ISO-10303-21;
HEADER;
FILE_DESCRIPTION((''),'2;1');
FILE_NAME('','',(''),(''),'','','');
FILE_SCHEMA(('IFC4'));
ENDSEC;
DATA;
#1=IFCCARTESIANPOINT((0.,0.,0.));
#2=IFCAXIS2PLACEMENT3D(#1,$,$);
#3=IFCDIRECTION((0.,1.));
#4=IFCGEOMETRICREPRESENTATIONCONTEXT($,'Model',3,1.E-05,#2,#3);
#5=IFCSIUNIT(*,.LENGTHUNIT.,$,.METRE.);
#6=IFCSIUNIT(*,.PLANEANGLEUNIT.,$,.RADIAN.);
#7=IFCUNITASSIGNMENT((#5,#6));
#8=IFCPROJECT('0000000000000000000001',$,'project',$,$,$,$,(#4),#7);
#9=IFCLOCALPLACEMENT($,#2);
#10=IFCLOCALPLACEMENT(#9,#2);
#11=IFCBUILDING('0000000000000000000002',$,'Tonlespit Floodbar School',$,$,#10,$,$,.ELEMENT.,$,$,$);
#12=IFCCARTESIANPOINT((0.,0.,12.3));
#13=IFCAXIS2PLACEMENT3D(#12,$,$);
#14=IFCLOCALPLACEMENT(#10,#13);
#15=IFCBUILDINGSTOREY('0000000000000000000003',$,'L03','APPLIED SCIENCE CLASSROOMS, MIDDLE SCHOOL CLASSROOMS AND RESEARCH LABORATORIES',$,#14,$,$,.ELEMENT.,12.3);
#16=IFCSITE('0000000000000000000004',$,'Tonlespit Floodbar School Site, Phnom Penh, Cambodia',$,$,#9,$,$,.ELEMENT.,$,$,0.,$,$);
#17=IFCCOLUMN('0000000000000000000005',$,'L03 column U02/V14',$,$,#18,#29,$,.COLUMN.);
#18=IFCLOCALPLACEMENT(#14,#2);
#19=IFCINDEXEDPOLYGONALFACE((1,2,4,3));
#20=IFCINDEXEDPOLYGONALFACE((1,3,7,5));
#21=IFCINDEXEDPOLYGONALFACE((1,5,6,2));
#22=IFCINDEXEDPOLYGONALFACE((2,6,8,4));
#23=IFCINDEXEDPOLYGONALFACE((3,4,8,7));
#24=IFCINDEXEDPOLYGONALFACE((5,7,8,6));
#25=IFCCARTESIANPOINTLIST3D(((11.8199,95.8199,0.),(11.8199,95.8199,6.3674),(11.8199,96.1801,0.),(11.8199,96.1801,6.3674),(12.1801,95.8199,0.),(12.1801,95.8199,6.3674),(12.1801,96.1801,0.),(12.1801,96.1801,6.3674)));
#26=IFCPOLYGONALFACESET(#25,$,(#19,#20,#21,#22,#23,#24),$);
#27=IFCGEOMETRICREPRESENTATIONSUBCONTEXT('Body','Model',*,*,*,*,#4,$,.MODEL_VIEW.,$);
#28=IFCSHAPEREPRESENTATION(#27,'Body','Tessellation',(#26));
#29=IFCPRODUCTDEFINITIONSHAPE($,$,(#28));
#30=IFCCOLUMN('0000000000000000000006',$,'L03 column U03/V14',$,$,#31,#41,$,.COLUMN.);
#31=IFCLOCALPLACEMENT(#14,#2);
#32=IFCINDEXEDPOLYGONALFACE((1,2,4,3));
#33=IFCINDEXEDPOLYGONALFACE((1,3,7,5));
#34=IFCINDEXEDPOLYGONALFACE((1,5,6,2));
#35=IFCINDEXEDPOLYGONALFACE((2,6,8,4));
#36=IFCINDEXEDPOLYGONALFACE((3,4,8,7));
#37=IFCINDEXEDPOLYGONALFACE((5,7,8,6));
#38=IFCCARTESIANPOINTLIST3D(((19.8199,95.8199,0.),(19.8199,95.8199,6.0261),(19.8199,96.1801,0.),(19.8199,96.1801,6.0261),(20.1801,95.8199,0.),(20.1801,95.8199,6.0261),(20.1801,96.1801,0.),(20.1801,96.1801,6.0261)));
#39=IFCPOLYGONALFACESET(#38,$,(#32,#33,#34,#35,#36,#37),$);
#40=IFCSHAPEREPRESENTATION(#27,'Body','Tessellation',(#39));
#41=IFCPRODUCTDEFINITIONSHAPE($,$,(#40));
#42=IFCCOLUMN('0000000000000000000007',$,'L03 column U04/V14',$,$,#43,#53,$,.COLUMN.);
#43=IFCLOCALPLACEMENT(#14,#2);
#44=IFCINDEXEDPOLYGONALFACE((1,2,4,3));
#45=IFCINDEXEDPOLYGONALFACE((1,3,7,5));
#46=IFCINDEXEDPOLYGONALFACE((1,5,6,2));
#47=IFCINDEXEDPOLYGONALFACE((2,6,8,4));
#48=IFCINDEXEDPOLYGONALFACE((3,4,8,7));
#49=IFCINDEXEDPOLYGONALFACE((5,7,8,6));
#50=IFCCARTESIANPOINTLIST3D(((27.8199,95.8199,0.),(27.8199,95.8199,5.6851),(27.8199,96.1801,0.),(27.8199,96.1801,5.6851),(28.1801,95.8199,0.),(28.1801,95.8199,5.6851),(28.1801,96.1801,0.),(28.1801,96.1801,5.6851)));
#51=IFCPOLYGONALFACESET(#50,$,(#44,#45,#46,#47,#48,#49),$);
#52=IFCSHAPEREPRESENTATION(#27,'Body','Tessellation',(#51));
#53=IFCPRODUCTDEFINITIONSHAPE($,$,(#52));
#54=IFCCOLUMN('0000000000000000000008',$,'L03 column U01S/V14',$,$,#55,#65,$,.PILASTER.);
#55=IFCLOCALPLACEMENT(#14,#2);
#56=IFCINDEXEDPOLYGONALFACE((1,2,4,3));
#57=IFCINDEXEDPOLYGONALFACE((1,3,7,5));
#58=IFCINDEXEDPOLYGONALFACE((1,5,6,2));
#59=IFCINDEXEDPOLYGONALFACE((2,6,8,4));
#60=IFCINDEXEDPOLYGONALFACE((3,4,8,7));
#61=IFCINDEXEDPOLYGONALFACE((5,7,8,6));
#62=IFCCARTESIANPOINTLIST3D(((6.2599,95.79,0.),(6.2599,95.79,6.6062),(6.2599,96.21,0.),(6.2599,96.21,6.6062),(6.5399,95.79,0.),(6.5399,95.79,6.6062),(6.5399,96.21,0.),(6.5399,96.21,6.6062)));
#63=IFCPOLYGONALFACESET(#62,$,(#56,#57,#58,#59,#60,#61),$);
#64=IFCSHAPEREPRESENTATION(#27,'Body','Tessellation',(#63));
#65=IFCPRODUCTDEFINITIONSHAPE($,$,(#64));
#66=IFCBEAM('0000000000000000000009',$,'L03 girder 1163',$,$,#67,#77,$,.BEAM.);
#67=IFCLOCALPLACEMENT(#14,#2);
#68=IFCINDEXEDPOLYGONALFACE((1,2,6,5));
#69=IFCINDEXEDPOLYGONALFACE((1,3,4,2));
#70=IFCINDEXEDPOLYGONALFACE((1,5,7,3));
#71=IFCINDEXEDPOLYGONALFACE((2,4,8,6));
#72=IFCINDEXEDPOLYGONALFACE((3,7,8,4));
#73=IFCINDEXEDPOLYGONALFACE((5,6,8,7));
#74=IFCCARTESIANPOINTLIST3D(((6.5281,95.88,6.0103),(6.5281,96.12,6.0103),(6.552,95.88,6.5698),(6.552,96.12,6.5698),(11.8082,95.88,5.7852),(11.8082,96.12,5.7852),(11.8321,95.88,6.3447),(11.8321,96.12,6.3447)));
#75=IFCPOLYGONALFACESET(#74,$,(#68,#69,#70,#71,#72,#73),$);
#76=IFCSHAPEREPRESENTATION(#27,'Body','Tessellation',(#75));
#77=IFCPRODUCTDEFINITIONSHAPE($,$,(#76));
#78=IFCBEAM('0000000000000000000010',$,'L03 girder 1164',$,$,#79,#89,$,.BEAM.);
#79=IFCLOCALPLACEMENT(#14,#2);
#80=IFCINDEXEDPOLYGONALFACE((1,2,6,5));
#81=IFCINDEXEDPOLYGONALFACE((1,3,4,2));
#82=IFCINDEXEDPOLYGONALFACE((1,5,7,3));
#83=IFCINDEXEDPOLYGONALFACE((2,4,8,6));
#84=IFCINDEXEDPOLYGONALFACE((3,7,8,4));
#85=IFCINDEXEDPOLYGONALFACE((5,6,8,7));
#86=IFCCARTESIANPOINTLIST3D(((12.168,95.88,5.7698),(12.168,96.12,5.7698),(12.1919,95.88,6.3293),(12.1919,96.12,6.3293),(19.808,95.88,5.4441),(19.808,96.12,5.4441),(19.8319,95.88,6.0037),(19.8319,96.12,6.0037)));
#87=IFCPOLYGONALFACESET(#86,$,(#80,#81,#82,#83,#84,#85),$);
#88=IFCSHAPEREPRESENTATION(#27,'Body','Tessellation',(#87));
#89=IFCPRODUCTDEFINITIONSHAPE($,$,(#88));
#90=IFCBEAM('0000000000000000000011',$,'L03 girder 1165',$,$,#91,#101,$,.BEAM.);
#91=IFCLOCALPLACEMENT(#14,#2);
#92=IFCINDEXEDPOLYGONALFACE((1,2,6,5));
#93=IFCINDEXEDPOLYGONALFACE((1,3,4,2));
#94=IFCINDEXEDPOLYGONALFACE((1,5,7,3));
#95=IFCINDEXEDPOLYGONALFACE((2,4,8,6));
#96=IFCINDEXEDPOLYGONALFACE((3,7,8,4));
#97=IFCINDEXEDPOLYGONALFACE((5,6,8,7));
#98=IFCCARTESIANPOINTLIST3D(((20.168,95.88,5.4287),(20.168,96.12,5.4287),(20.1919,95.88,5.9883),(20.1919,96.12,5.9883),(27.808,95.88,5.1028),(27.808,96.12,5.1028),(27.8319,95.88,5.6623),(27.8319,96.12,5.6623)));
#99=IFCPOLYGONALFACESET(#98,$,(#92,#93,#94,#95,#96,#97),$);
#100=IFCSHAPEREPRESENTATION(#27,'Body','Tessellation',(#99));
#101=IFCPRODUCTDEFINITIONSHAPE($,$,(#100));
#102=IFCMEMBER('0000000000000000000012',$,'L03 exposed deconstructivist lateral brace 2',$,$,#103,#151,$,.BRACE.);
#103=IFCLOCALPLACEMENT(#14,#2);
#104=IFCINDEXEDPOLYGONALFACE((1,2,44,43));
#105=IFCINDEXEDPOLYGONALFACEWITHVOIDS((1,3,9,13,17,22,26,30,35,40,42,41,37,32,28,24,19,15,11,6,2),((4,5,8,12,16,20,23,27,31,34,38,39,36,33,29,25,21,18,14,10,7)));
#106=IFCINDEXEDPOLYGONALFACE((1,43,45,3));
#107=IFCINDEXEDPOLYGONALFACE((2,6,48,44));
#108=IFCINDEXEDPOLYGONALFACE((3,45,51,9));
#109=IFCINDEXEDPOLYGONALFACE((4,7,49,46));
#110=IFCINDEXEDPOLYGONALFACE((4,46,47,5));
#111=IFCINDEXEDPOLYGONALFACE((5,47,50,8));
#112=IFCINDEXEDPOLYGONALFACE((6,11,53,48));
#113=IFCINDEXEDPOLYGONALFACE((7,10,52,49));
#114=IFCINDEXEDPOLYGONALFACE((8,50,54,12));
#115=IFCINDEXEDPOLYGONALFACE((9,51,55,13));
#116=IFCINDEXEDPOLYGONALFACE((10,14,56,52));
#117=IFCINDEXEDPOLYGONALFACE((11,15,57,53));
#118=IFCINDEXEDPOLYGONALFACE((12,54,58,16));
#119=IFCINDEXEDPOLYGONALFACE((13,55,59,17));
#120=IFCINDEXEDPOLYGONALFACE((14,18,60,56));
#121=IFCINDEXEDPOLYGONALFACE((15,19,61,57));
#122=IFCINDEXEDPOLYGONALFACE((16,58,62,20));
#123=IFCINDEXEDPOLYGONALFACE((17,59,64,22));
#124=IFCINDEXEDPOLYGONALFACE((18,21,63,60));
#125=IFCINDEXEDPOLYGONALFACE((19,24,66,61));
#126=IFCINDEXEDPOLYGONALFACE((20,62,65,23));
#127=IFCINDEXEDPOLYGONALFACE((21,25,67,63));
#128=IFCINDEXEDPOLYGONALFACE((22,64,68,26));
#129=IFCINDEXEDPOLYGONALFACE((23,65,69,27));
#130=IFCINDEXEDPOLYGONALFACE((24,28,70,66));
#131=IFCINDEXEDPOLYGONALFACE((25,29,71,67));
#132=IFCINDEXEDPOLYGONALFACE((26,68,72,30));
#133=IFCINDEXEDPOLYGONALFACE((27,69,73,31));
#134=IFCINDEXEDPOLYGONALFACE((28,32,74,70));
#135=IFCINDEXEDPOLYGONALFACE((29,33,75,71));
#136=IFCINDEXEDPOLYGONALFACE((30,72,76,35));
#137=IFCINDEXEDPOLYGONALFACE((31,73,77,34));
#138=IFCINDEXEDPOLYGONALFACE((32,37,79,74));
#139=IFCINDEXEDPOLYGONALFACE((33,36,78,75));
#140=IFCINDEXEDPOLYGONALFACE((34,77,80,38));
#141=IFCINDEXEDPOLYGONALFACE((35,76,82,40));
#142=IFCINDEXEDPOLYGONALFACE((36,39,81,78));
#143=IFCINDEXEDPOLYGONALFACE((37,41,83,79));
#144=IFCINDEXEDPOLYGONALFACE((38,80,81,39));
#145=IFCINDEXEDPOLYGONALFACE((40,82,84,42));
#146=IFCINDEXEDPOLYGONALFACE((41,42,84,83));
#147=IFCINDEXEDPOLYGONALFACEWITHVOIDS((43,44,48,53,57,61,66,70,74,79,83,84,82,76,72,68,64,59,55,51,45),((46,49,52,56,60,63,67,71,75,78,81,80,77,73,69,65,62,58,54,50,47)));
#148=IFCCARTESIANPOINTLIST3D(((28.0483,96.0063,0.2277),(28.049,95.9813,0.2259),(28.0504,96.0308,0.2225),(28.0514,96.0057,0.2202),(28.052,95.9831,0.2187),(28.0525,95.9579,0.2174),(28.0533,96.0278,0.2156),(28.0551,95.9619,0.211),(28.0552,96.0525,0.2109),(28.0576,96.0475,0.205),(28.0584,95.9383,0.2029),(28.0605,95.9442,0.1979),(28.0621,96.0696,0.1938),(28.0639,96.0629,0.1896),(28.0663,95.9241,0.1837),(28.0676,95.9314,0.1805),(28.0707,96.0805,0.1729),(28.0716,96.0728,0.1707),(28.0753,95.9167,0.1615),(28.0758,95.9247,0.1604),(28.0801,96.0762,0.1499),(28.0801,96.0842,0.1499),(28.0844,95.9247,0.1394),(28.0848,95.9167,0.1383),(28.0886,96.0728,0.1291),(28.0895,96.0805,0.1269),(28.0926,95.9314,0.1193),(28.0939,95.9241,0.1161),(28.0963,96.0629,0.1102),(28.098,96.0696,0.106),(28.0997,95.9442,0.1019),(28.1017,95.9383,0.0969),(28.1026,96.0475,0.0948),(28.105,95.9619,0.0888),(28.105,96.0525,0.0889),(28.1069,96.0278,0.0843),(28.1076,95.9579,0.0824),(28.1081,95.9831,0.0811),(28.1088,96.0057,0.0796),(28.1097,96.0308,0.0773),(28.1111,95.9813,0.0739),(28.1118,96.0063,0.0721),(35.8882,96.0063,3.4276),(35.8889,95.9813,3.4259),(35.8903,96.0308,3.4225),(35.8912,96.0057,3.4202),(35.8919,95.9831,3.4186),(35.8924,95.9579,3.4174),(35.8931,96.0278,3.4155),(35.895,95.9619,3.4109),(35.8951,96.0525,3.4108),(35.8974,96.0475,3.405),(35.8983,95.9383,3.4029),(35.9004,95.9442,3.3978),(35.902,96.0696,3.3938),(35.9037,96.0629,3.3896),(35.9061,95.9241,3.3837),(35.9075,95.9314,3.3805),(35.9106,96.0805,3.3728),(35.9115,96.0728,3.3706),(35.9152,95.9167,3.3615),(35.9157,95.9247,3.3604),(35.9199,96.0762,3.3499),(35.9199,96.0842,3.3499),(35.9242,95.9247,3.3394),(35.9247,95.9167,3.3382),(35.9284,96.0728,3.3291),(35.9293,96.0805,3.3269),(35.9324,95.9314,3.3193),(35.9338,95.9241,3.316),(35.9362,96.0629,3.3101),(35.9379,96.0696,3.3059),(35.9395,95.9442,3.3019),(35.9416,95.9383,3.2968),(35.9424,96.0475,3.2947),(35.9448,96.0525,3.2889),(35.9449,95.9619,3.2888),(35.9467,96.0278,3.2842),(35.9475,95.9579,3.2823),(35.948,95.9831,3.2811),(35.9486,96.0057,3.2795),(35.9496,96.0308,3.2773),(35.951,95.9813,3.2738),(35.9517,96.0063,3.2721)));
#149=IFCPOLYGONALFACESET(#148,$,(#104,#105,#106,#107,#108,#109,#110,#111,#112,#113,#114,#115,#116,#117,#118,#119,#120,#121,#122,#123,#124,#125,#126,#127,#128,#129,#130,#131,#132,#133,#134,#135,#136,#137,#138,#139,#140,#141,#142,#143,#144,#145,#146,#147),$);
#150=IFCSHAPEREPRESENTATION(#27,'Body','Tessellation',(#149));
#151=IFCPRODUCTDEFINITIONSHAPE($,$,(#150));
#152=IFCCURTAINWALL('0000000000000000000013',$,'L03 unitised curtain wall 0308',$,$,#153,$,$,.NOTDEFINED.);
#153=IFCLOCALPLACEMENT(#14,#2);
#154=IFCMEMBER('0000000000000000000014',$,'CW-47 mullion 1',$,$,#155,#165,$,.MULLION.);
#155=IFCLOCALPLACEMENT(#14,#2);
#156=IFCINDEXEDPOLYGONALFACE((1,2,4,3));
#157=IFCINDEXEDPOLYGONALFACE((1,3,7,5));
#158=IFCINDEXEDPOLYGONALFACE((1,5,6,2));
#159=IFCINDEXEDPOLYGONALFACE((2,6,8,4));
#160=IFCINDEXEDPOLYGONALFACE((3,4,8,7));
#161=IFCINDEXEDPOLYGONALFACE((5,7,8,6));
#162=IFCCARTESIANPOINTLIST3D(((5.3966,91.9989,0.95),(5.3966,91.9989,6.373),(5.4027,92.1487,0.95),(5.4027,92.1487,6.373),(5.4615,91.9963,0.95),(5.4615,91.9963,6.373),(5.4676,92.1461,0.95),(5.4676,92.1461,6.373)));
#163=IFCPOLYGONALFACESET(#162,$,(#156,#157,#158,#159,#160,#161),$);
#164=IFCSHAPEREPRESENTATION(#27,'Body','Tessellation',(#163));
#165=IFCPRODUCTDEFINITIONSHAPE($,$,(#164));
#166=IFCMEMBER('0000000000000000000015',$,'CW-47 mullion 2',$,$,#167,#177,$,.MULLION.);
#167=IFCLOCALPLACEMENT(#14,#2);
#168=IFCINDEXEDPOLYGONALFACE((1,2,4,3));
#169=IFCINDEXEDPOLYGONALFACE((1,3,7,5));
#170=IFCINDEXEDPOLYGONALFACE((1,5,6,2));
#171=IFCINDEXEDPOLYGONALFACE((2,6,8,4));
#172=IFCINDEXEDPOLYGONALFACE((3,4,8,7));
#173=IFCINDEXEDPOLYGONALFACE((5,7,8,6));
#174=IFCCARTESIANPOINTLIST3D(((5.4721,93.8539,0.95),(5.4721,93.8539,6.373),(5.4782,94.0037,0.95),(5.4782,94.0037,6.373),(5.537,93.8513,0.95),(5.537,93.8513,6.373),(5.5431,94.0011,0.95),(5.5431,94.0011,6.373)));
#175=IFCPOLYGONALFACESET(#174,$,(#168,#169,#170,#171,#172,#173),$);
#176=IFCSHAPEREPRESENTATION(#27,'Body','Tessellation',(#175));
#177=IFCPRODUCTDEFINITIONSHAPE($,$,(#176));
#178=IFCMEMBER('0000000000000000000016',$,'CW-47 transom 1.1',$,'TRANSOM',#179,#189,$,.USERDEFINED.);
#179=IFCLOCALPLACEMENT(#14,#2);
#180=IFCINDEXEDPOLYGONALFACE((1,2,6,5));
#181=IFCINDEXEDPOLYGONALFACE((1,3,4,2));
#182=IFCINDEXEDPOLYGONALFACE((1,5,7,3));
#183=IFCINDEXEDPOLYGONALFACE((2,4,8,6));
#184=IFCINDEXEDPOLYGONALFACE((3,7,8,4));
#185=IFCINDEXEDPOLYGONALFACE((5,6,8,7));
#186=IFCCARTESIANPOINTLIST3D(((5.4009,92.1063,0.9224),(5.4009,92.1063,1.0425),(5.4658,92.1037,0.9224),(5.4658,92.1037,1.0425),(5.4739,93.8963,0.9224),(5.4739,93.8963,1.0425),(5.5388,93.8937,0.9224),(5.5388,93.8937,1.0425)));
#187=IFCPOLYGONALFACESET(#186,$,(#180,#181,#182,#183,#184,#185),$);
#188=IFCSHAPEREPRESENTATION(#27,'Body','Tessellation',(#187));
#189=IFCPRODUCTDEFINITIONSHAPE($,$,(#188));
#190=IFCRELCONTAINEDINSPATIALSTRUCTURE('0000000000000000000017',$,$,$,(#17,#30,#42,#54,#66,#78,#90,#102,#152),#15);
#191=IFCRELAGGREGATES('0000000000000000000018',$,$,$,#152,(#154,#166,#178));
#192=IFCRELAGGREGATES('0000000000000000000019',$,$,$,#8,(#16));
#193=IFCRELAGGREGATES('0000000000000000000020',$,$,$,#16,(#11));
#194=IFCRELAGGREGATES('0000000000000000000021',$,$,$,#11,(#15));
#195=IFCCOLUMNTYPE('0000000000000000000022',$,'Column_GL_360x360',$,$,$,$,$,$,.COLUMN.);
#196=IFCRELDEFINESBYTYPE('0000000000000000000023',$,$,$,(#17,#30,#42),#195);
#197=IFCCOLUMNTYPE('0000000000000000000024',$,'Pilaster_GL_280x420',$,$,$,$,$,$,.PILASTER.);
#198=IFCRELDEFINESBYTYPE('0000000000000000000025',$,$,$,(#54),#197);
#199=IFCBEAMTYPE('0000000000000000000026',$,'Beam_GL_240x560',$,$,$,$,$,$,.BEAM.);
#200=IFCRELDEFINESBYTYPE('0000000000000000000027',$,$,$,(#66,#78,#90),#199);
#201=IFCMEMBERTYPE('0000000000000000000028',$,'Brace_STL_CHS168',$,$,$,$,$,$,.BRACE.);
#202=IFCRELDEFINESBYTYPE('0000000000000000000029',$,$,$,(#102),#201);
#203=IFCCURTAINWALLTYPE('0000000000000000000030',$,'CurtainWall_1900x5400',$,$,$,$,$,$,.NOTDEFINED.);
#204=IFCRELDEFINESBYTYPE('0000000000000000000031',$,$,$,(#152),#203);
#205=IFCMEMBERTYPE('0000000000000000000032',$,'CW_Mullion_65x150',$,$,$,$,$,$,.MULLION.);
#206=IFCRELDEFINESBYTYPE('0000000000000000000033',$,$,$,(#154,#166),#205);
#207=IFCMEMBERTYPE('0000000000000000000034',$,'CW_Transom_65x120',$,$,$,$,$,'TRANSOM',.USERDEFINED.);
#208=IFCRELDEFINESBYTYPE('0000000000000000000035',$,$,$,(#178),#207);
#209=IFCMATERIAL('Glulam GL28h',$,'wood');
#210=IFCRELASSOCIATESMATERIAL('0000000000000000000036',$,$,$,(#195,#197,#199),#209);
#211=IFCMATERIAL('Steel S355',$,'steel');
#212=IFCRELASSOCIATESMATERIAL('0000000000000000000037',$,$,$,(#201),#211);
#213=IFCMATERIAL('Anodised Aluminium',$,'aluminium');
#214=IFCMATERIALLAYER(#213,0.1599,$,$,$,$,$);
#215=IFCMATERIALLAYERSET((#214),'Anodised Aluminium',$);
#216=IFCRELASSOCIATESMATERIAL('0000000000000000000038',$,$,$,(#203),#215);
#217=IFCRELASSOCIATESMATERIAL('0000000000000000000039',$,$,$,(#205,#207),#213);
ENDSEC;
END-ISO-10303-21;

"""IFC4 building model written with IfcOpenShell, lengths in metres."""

from ifc_helpers import new_model, si_unit, direction, frame, origin, origin_2d, place, context, subcontext, project, spatial, rectangle, hollow_circle, extrude, material, layer, layer_set, material_profile, profile_set, type_object, element, aggregate, save


model = new_model("IFC4")

# Units and contexts
model_context = context("Model", 3, precision=1e-05, world=origin(), true_north=direction((0.0, 1.0)))
body_context = subcontext(model_context, "Body", "Model", "MODEL_VIEW")
ifc_project = project(units=[si_unit("LENGTHUNIT", "METRE"), si_unit("PLANEANGLEUNIT", "RADIAN")], contexts=[model_context])

# Site, building, storey
site_placement = place(None, origin())
site = spatial("IfcSite", under=ifc_project, at=site_placement, Name="Tonlespit Floodbar School Site, Phnom Penh, Cambodia", CompositionType="ELEMENT", RefElevation=0.0)
building_placement = place(site_placement, origin())
building = spatial("IfcBuilding", under=site, at=building_placement, Name="Tonlespit Floodbar School", CompositionType="ELEMENT")
storey_placement = place(building_placement, frame((0.0, 0.0, 12.3)))
storey = spatial("IfcBuildingStorey", under=building, at=storey_placement, Name="L03", Description="APPLIED SCIENCE CLASSROOMS, MIDDLE SCHOOL CLASSROOMS AND RESEARCH LABORATORIES", CompositionType="ELEMENT", Elevation=12.3)

# Columns
ifc_material_1 = material(Name="Glulam GL28h", Category="wood")
ifc_material_profile_1 = material_profile(ifc_material_1, rectangle(XDim=0.3601, YDim=0.3601, at=origin_2d()), Name="GL 360x360")
ifc_profile_set_1 = profile_set([ifc_material_profile_1], Name="Glulam GL28h")
column_type_1 = type_object("IfcColumnType", Name="Column_GL_360x360", PredefinedType="COLUMN", material=ifc_profile_set_1)
column_1_placement = place(storey_placement, frame((12.0, 96.0, 0.0), z_axis=(0.0, 0.0, 1.0), x_axis=(1.0, 0.0, 0.0)))
element("IfcColumn", 1, at=column_1_placement, inside=storey, type_object=column_type_1, Name="L03 column U02/V14", PredefinedType="COLUMN", context=body_context, shape_type="SweptSolid", body=[
    extrude(rectangle(XDim=0.3601, YDim=0.3601, at=origin_2d()), origin(), (0.0, 0.0, 1.0), 6.3674),
])
column_2_placement = place(storey_placement, frame((20.0, 96.0, 0.0), z_axis=(0.0, 0.0, 1.0), x_axis=(1.0, 0.0, 0.0)))
element("IfcColumn", 2, at=column_2_placement, inside=storey, type_object=column_type_1, Name="L03 column U03/V14", PredefinedType="COLUMN", context=body_context, shape_type="SweptSolid", body=[
    extrude(rectangle(XDim=0.3601, YDim=0.3601, at=origin_2d()), origin(), (0.0, 0.0, 1.0), 6.0261),
])
column_3_placement = place(storey_placement, frame((28.0, 96.0, 0.0), z_axis=(0.0, 0.0, 1.0), x_axis=(1.0, 0.0, 0.0)))
element("IfcColumn", 3, at=column_3_placement, inside=storey, type_object=column_type_1, Name="L03 column U04/V14", PredefinedType="COLUMN", context=body_context, shape_type="SweptSolid", body=[
    extrude(rectangle(XDim=0.3601, YDim=0.3601, at=origin_2d()), origin(), (0.0, 0.0, 1.0), 5.6851),
])
ifc_material_profile_2 = material_profile(ifc_material_1, rectangle(XDim=0.28, YDim=0.4199, at=origin_2d()), Name="GL 280x420")
ifc_profile_set_2 = profile_set([ifc_material_profile_2], Name="Glulam GL28h")
column_type_2 = type_object("IfcColumnType", Name="Pilaster_GL_280x420", PredefinedType="PILASTER", material=ifc_profile_set_2)
column_4_placement = place(storey_placement, frame((6.3999, 96.0, 0.0), z_axis=(0.0, 0.0, 1.0), x_axis=(1.0, 0.0, 0.0)))
element("IfcColumn", 4, at=column_4_placement, inside=storey, type_object=column_type_2, Name="L03 column U01S/V14", PredefinedType="PILASTER", context=body_context, shape_type="SweptSolid", body=[
    extrude(rectangle(XDim=0.28, YDim=0.4199, at=origin_2d()), origin(), (0.0, 0.0, 1.0), 6.6062),
])

# Beams
ifc_material_profile_3 = material_profile(ifc_material_1, rectangle(XDim=0.24, YDim=0.5601, at=origin_2d()), Name="GL 240x560")
ifc_profile_set_3 = profile_set([ifc_material_profile_3], Name="Glulam GL28h")
beam_type = type_object("IfcBeamType", Name="Beam_GL_240x560", PredefinedType="BEAM", material=ifc_profile_set_3)
beam_placement = place(storey_placement, frame((6.54, 96.0, 6.29), z_axis=(0.999092, 0.0, -0.042593), x_axis=(0.0, 1.0, 0.0)))
element("IfcBeam", 5, at=beam_placement, inside=storey, type_object=beam_type, Name="L03 girder 1163", PredefinedType="BEAM", context=body_context, shape_type="SweptSolid", body=[
    extrude(rectangle(XDim=0.24, YDim=0.5601, at=origin_2d()), origin(), (0.0, 0.0, 1.0), 5.2849),
])
for number, where, z_axis, x_axis, name in (
    (6, (12.1799, 96.0, 6.0496), (0.999093, 0.0, -0.042589), (0.0, 1.0, 0.0), "L03 girder 1164"),
    (7, (20.1799, 96.0, 5.7085), (0.999091, 0.0, -0.042621), (0.0, 1.0, 0.0), "L03 girder 1165"),
):
    element("IfcBeam", number, at=place(storey_placement, frame(where, z_axis=z_axis, x_axis=x_axis)), inside=storey, type_object=beam_type, Name=name, PredefinedType="BEAM", context=body_context, shape_type="SweptSolid", body=[
        extrude(rectangle(XDim=0.24, YDim=0.5601, at=origin_2d()), origin(), (0.0, 0.0, 1.0), 7.647),
    ])

# Member
ifc_material_2 = material(Name="Steel S355", Category="steel")
ifc_material_profile_4 = material_profile(ifc_material_2, hollow_circle(Radius=0.0842, WallThickness=0.0081, at=origin_2d()), Name="CHS 168.3x8")
ifc_profile_set_4 = profile_set([ifc_material_profile_4], Name="Steel S355")
member_type_1 = type_object("IfcMemberType", Name="Brace_STL_CHS168", PredefinedType="BRACE", material=ifc_profile_set_4)
member_1_placement = place(storey_placement, frame((28.0801, 96.0, 0.1499), z_axis=(0.925847, 0.0, 0.377899), x_axis=(0.0, 1.0, 0.0)))
element("IfcMember", 8, at=member_1_placement, inside=storey, type_object=member_type_1, Name="L03 exposed deconstructivist lateral brace 2", PredefinedType="BRACE", context=body_context, shape_type="SweptSolid", body=[
    extrude(hollow_circle(Radius=0.0842, WallThickness=0.0081, at=origin_2d()), origin(), (0.0, 0.0, 1.0), 8.4678),
])

# Curtain wall, members
ifc_material_3 = material(Name="Anodised Aluminium", Category="aluminium")
ifc_layer_1 = layer(ifc_material_3, 0.1599)
ifc_layer_set_1 = layer_set([ifc_layer_1], Name="Anodised Aluminium")
curtain_wall_type = type_object("IfcCurtainWallType", Name="CurtainWall_1900x5400", PredefinedType="NOTDEFINED", material=ifc_layer_set_1)
curtain_wall_placement = place(storey_placement, origin())
curtain_wall = element("IfcCurtainWall", 9, at=curtain_wall_placement, inside=storey, type_object=curtain_wall_type, Name="L03 unitised curtain wall 0308", PredefinedType="NOTDEFINED")
ifc_material_profile_5 = material_profile(ifc_material_3, rectangle(XDim=0.0649, YDim=0.1499, at=origin_2d()), Name="ALU M65x150")
ifc_profile_set_5 = profile_set([ifc_material_profile_5], Name="Anodised Aluminium")
member_type_2 = type_object("IfcMemberType", Name="CW_Mullion_65x150", PredefinedType="MULLION", material=ifc_profile_set_5)
member_2_placement = place(storey_placement, frame((5.4321, 92.0725, 0.95), z_axis=(0.0, 0.0, 1.0), x_axis=(-0.999169, 0.040747, 0.0)))
member_2 = element("IfcMember", 10, at=member_2_placement, type_object=member_type_2, Name="CW-47 mullion 1", PredefinedType="MULLION", context=body_context, shape_type="SweptSolid", body=[
    extrude(rectangle(XDim=0.0649, YDim=0.1499, at=origin_2d()), origin(), (0.0, 0.0, 1.0), 5.4231),
])
member_3_placement = place(storey_placement, frame((5.5076, 93.9275, 0.95), z_axis=(0.0, 0.0, 1.0), x_axis=(-0.999169, 0.040747, 0.0)))
member_3 = element("IfcMember", 11, at=member_3_placement, type_object=member_type_2, Name="CW-47 mullion 2", PredefinedType="MULLION", context=body_context, shape_type="SweptSolid", body=[
    extrude(rectangle(XDim=0.0649, YDim=0.1499, at=origin_2d()), origin(), (0.0, 0.0, 1.0), 5.4231),
])
ifc_material_profile_6 = material_profile(ifc_material_3, rectangle(XDim=0.0649, YDim=0.1201, at=origin_2d()), Name="ALU T65x120")
ifc_profile_set_6 = profile_set([ifc_material_profile_6], Name="Anodised Aluminium")
member_type_3 = type_object("IfcMemberType", Name="CW_Transom_65x120", ElementType="TRANSOM", PredefinedType="USERDEFINED", material=ifc_profile_set_6)
member_4_placement = place(storey_placement, frame((5.4333, 92.105, 0.9824), z_axis=(0.040746, 0.99917, 0.0), x_axis=(-0.99917, 0.040746, 0.0)))
member_4 = element("IfcMember", 12, at=member_4_placement, type_object=member_type_3, Name="CW-47 transom 1.1", ObjectType="TRANSOM", PredefinedType="USERDEFINED", context=body_context, shape_type="SweptSolid", body=[
    extrude(rectangle(XDim=0.0649, YDim=0.1201, at=origin_2d()), origin(), (0.0, 0.0, 1.0), 1.7915),
])
aggregate(curtain_wall, [member_2, member_3, member_4])

save(model, "model.ifc")
